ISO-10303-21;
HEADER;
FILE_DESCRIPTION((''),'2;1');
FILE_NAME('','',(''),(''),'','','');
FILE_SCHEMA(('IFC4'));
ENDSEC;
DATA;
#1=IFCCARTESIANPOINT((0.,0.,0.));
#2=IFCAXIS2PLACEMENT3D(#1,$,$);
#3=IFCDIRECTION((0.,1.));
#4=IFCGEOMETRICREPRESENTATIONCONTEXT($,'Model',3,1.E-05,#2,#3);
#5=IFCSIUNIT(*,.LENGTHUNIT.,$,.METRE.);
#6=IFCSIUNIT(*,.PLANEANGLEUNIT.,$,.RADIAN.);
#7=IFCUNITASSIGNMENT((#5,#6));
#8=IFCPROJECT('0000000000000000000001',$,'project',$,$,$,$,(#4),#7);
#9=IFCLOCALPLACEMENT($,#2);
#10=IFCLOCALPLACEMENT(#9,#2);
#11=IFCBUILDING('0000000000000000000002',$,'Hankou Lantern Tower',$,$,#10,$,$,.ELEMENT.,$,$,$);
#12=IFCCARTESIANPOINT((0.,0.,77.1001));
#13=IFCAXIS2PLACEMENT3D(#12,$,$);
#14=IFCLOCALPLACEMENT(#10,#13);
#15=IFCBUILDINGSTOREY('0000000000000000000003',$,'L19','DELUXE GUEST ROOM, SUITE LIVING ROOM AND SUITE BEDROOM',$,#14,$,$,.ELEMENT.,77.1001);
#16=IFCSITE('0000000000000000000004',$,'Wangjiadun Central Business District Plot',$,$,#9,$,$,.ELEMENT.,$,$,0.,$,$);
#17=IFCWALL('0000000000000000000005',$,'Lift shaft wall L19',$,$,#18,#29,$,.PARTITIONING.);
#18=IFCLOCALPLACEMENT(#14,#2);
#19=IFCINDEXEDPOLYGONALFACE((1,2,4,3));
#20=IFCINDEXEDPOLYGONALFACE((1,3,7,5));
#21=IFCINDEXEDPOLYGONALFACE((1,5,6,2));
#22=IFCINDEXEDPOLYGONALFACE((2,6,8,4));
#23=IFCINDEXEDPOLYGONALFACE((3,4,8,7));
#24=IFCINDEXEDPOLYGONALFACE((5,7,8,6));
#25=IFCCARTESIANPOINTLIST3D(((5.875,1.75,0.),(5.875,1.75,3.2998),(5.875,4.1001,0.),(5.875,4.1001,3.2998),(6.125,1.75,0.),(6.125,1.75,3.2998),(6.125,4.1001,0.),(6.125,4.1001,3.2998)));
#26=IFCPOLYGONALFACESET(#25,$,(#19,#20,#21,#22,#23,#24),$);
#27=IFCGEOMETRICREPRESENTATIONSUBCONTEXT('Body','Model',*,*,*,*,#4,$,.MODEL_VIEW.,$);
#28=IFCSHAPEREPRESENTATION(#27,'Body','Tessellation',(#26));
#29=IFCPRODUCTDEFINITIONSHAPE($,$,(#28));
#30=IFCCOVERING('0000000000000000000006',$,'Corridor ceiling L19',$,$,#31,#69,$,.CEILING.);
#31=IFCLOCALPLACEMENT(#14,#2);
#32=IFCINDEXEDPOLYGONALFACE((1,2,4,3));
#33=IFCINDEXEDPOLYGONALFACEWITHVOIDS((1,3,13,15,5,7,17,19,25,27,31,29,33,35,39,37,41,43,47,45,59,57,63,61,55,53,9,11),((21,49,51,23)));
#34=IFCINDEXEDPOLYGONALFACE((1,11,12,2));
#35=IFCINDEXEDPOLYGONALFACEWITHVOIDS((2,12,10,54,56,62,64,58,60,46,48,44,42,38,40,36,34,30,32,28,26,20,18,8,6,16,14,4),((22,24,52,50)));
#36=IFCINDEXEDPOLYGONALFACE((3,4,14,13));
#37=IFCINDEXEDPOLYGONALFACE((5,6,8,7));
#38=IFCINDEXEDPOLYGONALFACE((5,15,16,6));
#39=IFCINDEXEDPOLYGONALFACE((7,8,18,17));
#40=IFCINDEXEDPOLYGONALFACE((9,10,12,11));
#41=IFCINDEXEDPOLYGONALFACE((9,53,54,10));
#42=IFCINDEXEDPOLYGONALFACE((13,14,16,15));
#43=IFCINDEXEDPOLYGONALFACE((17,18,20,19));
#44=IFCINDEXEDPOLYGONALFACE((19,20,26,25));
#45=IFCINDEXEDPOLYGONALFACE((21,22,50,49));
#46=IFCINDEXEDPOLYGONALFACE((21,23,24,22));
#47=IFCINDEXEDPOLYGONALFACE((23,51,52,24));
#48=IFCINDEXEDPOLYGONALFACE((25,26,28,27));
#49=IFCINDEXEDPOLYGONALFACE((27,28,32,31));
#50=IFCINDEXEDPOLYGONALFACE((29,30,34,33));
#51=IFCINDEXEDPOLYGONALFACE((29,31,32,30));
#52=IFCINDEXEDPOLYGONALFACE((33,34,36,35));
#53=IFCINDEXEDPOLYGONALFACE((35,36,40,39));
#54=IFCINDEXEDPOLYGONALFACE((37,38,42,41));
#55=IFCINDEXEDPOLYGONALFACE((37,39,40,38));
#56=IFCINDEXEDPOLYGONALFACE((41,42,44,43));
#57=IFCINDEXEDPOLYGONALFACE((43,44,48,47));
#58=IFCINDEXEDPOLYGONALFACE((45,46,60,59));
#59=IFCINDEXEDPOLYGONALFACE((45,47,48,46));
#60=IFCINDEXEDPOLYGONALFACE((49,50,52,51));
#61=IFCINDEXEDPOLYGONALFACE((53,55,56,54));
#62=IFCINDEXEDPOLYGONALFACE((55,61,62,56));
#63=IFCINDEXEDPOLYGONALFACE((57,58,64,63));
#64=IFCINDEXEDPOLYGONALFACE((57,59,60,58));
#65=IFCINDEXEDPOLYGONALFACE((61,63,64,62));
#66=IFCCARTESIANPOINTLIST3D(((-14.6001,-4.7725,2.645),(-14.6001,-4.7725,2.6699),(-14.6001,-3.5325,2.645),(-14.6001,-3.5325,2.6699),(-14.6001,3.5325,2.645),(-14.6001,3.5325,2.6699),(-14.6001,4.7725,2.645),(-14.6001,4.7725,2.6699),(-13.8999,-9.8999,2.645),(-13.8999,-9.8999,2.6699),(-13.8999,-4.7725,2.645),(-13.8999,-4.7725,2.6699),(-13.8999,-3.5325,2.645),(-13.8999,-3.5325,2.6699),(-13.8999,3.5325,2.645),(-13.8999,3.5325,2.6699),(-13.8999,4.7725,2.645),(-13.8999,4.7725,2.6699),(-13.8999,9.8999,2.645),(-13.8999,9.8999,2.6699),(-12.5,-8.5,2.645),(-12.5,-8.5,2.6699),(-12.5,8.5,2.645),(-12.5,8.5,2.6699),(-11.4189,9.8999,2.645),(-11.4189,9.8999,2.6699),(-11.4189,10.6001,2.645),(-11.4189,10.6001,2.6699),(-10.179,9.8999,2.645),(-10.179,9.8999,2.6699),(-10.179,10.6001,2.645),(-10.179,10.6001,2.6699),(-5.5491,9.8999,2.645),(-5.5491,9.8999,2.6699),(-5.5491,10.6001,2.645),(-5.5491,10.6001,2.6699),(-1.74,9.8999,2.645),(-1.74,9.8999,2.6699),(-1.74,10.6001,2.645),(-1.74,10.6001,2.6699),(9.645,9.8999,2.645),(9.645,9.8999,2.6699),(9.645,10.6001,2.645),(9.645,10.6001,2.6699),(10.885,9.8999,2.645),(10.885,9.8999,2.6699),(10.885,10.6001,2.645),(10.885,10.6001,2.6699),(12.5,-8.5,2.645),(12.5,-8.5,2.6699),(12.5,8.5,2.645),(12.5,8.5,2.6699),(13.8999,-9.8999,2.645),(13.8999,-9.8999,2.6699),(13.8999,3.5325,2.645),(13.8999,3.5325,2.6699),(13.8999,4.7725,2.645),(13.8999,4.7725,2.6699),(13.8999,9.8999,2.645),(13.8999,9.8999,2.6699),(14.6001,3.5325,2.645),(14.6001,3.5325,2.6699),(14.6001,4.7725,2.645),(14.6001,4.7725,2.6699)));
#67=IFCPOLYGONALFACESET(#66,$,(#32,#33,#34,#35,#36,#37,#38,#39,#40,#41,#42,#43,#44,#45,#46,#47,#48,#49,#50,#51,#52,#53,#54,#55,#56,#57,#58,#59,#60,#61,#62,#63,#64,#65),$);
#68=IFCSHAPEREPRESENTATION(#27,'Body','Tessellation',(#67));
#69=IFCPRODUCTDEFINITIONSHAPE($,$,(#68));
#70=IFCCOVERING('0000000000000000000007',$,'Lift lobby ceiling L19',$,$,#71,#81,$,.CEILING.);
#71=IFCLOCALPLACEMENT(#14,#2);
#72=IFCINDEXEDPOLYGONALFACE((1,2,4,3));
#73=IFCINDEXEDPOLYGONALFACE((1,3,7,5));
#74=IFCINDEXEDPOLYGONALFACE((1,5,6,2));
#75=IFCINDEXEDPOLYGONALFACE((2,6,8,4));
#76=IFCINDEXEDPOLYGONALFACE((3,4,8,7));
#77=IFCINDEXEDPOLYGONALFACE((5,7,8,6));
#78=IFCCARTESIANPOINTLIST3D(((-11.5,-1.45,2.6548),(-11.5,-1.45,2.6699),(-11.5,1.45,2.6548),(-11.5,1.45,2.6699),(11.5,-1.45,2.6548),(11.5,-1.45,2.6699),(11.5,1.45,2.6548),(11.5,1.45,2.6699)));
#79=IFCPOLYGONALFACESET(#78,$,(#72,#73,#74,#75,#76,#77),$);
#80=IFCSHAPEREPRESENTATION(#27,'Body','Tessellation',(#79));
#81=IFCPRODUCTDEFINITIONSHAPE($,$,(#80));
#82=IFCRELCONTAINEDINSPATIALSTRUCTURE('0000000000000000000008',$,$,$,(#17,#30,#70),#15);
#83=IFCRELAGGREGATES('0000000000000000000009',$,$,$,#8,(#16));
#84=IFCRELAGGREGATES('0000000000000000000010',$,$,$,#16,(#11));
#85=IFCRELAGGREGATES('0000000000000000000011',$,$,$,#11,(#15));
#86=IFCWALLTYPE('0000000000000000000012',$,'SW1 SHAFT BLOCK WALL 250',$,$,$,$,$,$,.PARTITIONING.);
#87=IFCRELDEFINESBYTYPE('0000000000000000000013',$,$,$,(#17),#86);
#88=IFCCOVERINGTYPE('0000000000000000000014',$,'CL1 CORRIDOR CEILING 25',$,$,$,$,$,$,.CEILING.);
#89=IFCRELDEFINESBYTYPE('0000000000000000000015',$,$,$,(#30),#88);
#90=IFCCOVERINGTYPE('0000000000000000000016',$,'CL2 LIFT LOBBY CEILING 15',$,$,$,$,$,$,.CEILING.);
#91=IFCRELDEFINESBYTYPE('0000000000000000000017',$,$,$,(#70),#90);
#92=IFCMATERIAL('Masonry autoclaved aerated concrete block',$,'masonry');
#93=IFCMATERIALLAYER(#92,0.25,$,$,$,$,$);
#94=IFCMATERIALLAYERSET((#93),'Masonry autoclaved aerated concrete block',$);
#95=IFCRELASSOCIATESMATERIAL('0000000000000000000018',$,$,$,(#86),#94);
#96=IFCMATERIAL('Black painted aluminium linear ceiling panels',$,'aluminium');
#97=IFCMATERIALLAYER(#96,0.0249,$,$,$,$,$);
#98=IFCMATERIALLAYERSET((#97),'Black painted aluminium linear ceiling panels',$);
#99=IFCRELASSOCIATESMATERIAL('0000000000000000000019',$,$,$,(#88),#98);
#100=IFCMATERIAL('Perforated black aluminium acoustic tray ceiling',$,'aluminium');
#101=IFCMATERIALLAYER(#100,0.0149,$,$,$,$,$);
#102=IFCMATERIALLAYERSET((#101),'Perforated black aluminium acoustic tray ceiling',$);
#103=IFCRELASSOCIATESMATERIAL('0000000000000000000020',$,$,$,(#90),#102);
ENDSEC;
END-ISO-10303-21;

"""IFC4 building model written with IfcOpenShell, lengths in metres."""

from ifc_helpers import new_model, si_unit, direction, frame, frame_2d, origin, place, context, subcontext, project, spatial, polyline, rectangle, outline, extrude, material, layer, layer_set, type_object, element, save


model = new_model("IFC4")

# Units and contexts
model_context = context("Model", 3, precision=1e-05, world=origin(), true_north=direction((0.0, 1.0)))
body_context = subcontext(model_context, "Body", "Model", "MODEL_VIEW")
ifc_project = project(units=[si_unit("LENGTHUNIT", "METRE"), si_unit("PLANEANGLEUNIT", "RADIAN")], contexts=[model_context])

# Site, building, storey
site_placement = place(None, origin())
site = spatial("IfcSite", under=ifc_project, at=site_placement, Name="Wangjiadun Central Business District Plot", CompositionType="ELEMENT", RefElevation=0.0)
building_placement = place(site_placement, origin())
building = spatial("IfcBuilding", under=site, at=building_placement, Name="Hankou Lantern Tower", CompositionType="ELEMENT")
storey_placement = place(building_placement, frame((0.0, 0.0, 77.1001)))
storey = spatial("IfcBuildingStorey", under=building, at=storey_placement, Name="L19", Description="DELUXE GUEST ROOM, SUITE LIVING ROOM AND SUITE BEDROOM", CompositionType="ELEMENT", Elevation=77.1001)

# Wall
ifc_material_1 = material(Name="Masonry autoclaved aerated concrete block", Category="masonry")
ifc_layer_1 = layer(ifc_material_1, 0.25)
ifc_layer_set_1 = layer_set([ifc_layer_1], Name="Masonry autoclaved aerated concrete block")
wall_type_1 = type_object("IfcWallType", Name="SW1 SHAFT BLOCK WALL 250", PredefinedType="PARTITIONING", material=ifc_layer_set_1)
for number, where, z_axis, x_axis, name in (
    (1, (6.0, 1.75, 0.0), (0.0, 0.0, 1.0), (0.0, 1.0, 0.0), "Lift shaft wall L19"),
):
    element("IfcWall", number, at=place(storey_placement, frame(where, z_axis=z_axis, x_axis=x_axis)), inside=storey, type_object=wall_type_1, Name=name, PredefinedType="PARTITIONING", context=body_context, shape_type="SweptSolid", body=[
        extrude(rectangle(XDim=2.3501, YDim=0.25, at=frame_2d((1.175, 0.0))), origin(), (0.0, 0.0, 1.0), 3.2998),
    ])

# Coverings
ifc_material_2 = material(Name="Black painted aluminium linear ceiling panels", Category="aluminium")
ifc_layer_2 = layer(ifc_material_2, 0.0249)
ifc_layer_set_2 = layer_set([ifc_layer_2], Name="Black painted aluminium linear ceiling panels")
covering_type_1 = type_object("IfcCoveringType", Name="CL1 CORRIDOR CEILING 25", PredefinedType="CEILING", material=ifc_layer_set_2)
covering_1_placement = place(storey_placement, frame((0.0, 0.0, 2.645)))
element("IfcCovering", 2, at=covering_1_placement, inside=storey, type_object=covering_type_1, Name="Corridor ceiling L19", PredefinedType="CEILING", context=body_context, shape_type="SweptSolid", body=[
    extrude(outline(polyline([(-14.6001, -4.7725), (-13.8999, -4.7725), (-13.8999, -9.8999), (13.8999, -9.8999), (13.8999, 3.5325), (14.6001, 3.5325), (14.6001, 4.7725), (13.8999, 4.7725), (13.8999, 9.8999), (10.885, 9.8999), (10.885, 10.6001), (9.645, 10.6001), (9.645, 9.8999), (-1.74, 9.8999), (-1.74, 10.6001), (-5.5491, 10.6001), (-5.5491, 9.8999), (-10.179, 9.8999), (-10.179, 10.6001), (-11.4189, 10.6001), (-11.4189, 9.8999), (-13.8999, 9.8999), (-13.8999, 4.7725), (-14.6001, 4.7725), (-14.6001, 3.5325), (-13.8999, 3.5325), (-13.8999, -3.5325), (-14.6001, -3.5325), (-14.6001, -4.7725)]), holes=[polyline([(-12.5, 8.5), (12.5, 8.5), (12.5, -8.5), (-12.5, -8.5), (-12.5, 8.5)])]), origin(), (0.0, 0.0, 1.0), 0.0249),
])
ifc_material_3 = material(Name="Perforated black aluminium acoustic tray ceiling", Category="aluminium")
ifc_layer_3 = layer(ifc_material_3, 0.0149)
ifc_layer_set_3 = layer_set([ifc_layer_3], Name="Perforated black aluminium acoustic tray ceiling")
covering_type_2 = type_object("IfcCoveringType", Name="CL2 LIFT LOBBY CEILING 15", PredefinedType="CEILING", material=ifc_layer_set_3)
covering_2_placement = place(storey_placement, frame((0.0, 0.0, 2.6548)))
element("IfcCovering", 3, at=covering_2_placement, inside=storey, type_object=covering_type_2, Name="Lift lobby ceiling L19", PredefinedType="CEILING", context=body_context, shape_type="SweptSolid", body=[
    extrude(outline(polyline([(-11.5, -1.45), (11.5, -1.45), (11.5, 1.45), (-11.5, 1.45), (-11.5, -1.45)])), origin(), (0.0, 0.0, 1.0), 0.0151),
])

save(model, "model.ifc")
